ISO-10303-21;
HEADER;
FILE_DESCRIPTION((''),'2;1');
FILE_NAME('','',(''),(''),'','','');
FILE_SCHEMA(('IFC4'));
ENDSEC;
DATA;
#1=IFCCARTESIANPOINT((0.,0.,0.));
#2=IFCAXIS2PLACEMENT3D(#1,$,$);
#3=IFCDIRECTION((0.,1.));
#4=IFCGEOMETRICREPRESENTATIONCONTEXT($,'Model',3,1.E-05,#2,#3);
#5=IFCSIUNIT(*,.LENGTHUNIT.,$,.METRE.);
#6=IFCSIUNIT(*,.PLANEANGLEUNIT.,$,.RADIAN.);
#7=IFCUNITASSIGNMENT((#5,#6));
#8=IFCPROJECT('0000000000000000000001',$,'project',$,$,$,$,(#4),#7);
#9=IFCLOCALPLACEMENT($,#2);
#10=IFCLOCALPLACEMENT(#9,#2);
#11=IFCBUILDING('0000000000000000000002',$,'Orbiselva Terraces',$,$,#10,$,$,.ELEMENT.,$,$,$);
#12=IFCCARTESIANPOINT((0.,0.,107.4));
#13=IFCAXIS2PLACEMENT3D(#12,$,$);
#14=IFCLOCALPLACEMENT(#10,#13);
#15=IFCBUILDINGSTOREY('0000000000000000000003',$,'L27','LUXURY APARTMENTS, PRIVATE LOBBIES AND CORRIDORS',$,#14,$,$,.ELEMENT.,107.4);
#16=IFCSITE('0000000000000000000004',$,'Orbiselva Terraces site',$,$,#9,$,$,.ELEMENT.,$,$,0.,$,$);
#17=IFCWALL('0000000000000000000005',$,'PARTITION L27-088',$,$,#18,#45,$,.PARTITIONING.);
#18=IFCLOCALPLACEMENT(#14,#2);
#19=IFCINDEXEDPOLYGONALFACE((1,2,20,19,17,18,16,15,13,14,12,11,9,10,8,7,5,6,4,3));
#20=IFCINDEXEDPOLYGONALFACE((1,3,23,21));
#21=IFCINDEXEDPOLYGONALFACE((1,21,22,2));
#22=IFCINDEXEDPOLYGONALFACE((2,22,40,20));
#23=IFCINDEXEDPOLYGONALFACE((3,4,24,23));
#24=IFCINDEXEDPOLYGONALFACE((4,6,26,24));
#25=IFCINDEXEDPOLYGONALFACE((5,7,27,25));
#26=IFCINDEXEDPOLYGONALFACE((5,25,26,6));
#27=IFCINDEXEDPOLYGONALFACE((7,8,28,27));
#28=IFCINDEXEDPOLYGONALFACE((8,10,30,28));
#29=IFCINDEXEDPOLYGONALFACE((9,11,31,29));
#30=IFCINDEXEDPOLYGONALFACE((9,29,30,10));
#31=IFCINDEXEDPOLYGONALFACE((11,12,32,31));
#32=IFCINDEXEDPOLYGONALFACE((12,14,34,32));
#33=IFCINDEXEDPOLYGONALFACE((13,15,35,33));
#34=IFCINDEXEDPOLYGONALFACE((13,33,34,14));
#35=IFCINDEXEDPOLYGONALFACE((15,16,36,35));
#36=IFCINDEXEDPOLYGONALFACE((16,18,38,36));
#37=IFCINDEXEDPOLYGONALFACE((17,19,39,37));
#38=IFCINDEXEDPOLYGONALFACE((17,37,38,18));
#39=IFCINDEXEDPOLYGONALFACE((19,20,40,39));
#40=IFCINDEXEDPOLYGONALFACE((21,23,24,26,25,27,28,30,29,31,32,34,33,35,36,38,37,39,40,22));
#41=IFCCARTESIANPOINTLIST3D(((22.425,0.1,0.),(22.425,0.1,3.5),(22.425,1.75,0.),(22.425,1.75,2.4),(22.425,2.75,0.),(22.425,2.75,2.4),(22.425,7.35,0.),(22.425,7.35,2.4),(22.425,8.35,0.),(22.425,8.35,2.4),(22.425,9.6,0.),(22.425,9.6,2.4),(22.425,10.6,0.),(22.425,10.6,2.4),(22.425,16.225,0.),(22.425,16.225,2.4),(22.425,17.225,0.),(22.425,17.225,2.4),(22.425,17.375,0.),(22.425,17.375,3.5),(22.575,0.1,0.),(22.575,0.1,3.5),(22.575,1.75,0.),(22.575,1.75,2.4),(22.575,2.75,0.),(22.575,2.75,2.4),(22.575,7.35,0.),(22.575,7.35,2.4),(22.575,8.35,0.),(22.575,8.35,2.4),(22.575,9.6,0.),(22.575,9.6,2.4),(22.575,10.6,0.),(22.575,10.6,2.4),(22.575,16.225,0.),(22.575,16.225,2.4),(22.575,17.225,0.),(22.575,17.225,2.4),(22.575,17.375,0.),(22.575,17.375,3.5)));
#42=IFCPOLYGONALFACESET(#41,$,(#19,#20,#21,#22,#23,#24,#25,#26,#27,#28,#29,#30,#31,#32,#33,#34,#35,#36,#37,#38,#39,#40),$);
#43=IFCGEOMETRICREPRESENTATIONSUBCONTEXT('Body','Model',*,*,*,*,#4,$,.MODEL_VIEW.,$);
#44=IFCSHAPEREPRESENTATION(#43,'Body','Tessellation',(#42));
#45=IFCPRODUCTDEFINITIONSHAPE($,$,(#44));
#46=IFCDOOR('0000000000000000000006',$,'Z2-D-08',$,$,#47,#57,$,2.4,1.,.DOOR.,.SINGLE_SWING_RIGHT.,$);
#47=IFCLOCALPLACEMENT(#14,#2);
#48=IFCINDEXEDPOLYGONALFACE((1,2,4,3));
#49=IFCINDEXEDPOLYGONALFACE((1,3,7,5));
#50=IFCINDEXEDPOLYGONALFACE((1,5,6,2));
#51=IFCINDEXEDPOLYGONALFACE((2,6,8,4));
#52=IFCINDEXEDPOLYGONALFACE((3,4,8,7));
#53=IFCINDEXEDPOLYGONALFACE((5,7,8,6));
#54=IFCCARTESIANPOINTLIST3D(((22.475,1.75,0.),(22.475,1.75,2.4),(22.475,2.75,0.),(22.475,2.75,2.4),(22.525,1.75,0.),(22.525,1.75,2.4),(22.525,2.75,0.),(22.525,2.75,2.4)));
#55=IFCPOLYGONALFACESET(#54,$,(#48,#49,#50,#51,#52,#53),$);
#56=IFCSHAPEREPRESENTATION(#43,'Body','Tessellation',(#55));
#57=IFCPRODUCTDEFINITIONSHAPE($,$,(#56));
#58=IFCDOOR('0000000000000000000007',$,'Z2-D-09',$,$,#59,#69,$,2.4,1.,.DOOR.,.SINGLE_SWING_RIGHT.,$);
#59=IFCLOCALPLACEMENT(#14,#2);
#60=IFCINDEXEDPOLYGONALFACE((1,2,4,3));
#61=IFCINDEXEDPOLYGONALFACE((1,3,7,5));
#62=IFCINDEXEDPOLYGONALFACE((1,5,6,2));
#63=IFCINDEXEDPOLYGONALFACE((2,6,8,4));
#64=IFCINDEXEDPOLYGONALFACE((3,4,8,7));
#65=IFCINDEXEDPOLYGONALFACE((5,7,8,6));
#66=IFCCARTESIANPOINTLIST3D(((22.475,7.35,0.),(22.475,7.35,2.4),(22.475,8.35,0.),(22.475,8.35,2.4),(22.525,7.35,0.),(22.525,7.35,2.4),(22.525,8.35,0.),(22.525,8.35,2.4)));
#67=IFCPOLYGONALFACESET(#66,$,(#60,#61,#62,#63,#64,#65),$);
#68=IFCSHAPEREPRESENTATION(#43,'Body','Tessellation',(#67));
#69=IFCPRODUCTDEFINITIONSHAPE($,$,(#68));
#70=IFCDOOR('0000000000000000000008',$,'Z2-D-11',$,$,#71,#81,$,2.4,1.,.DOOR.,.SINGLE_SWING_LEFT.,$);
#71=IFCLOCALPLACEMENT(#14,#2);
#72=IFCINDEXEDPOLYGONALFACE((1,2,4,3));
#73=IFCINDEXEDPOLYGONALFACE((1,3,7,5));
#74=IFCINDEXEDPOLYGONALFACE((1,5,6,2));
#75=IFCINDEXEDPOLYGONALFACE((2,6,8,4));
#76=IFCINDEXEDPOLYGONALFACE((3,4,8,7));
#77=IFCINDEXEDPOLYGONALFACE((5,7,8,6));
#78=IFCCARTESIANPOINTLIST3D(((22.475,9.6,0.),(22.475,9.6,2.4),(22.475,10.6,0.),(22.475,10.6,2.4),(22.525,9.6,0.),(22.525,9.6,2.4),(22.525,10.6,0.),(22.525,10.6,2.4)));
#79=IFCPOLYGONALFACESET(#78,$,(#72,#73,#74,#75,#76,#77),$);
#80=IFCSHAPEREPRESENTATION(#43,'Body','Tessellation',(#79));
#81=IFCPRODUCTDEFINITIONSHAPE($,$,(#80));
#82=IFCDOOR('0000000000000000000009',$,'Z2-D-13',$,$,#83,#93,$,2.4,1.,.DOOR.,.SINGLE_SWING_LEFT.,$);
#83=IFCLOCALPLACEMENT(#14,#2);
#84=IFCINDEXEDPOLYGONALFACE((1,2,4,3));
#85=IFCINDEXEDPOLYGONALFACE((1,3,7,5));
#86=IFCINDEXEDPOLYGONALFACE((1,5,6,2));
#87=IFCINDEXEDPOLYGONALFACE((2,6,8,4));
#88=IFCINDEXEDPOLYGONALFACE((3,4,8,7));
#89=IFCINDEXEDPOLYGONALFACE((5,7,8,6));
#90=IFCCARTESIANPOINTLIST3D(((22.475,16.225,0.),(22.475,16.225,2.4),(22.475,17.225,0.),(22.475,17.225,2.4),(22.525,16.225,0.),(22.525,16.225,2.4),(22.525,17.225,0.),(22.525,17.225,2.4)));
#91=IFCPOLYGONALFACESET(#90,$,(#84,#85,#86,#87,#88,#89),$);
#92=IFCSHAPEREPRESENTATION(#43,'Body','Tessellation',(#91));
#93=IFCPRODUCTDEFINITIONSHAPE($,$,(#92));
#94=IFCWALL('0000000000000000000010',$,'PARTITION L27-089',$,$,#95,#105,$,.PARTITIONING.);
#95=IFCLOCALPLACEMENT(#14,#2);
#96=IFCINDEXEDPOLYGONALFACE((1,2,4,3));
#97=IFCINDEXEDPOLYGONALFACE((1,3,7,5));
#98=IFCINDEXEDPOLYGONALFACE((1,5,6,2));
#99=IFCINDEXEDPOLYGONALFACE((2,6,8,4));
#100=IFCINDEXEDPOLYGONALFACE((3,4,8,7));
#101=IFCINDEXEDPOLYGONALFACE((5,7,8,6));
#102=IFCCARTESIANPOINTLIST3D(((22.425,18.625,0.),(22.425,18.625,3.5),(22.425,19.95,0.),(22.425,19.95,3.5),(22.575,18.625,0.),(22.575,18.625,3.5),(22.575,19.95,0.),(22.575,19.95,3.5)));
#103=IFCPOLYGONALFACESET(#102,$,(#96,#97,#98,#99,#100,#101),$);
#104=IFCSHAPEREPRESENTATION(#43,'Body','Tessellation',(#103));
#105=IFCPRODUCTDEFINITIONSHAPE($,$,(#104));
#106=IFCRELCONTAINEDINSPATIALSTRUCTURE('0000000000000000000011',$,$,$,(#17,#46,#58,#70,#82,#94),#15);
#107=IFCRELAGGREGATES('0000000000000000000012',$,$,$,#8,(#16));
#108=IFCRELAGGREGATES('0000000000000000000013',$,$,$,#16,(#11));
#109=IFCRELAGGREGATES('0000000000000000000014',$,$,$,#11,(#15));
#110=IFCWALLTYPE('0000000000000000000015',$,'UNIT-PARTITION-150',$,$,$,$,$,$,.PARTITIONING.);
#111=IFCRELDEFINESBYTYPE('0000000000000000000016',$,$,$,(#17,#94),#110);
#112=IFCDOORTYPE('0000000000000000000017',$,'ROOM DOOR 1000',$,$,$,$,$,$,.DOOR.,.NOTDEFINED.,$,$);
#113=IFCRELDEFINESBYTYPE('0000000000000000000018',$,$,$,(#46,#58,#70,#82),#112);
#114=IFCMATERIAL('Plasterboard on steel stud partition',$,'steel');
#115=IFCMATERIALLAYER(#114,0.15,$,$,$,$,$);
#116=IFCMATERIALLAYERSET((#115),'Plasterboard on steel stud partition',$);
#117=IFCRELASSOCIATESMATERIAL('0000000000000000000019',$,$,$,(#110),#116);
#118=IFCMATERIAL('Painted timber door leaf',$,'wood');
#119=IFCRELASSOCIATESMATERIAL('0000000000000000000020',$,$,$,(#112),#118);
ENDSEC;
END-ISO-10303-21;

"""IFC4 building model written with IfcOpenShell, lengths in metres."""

from ifc_helpers import new_model, si_unit, direction, frame, frame_2d, origin, place, context, subcontext, project, spatial, rectangle, extrude, material, layer, layer_set, type_object, element, fill, save


model = new_model("IFC4")

# Units and contexts
model_context = context("Model", 3, precision=1e-05, world=origin(), true_north=direction((0.0, 1.0)))
body_context = subcontext(model_context, "Body", "Model", "MODEL_VIEW")
ifc_project = project(units=[si_unit("LENGTHUNIT", "METRE"), si_unit("PLANEANGLEUNIT", "RADIAN")], contexts=[model_context])

# Site, building, storey
site_placement = place(None, origin())
site = spatial("IfcSite", under=ifc_project, at=site_placement, Name="Orbiselva Terraces site", CompositionType="ELEMENT", RefElevation=0.0)
building_placement = place(site_placement, origin())
building = spatial("IfcBuilding", under=site, at=building_placement, Name="Orbiselva Terraces", CompositionType="ELEMENT")
storey_placement = place(building_placement, frame((0.0, 0.0, 107.4)))
storey = spatial("IfcBuildingStorey", under=building, at=storey_placement, Name="L27", Description="LUXURY APARTMENTS, PRIVATE LOBBIES AND CORRIDORS", CompositionType="ELEMENT", Elevation=107.4)

# Shared definitions
ifc_material_1 = material(Name="Plasterboard on steel stud partition", Category="steel")
ifc_material_2 = material(Name="Painted timber door leaf", Category="wood")
ifc_layer_1 = layer(ifc_material_1, 0.15)
ifc_layer_set_1 = layer_set([ifc_layer_1], Name="Plasterboard on steel stud partition")
wall_type_1 = type_object("IfcWallType", Name="UNIT-PARTITION-150", PredefinedType="PARTITIONING", material=ifc_layer_set_1)

# Wall, openings, doors
wall_1_placement = place(storey_placement, frame((22.5, 17.375, 0.0), z_axis=(0.0, 0.0, 1.0), x_axis=(0.0, -1.0, 0.0)))
wall_1 = element("IfcWall", 1, at=wall_1_placement, inside=storey, type_object=wall_type_1, Name="PARTITION L27-088", PredefinedType="PARTITIONING", context=body_context, shape_type="SweptSolid", body=[
    extrude(rectangle(XDim=17.275, YDim=0.15, at=frame_2d((8.6375, 0.0))), origin(), (0.0, 0.0, 1.0), 3.5),
])
opening_1_placement = place(wall_1_placement, frame((14.625, 0.0, 0.0)))
opening_1 = element("IfcOpeningElement", 2, at=opening_1_placement, cuts=wall_1, PredefinedType="OPENING", context=body_context, shape_type="SweptSolid", body=[
    extrude(rectangle(XDim=1.0, YDim=2.4, at=frame_2d((0.5, 1.2))), frame((0.0, 0.085, 0.0), z_axis=(0.0, -1.0, 0.0), x_axis=(1.0, 0.0, 0.0)), (0.0, 0.0, 1.0), 0.17),
])
opening_2_placement = place(wall_1_placement, frame((9.025, 0.0, 0.0)))
opening_2 = element("IfcOpeningElement", 3, at=opening_2_placement, cuts=wall_1, PredefinedType="OPENING", context=body_context, shape_type="SweptSolid", body=[
    extrude(rectangle(XDim=1.0, YDim=2.4, at=frame_2d((0.5, 1.2))), frame((0.0, 0.085, 0.0), z_axis=(0.0, -1.0, 0.0), x_axis=(1.0, 0.0, 0.0)), (0.0, 0.0, 1.0), 0.17),
])
opening_3_placement = place(wall_1_placement, frame((6.775, 0.0, 0.0)))
opening_3 = element("IfcOpeningElement", 4, at=opening_3_placement, cuts=wall_1, PredefinedType="OPENING", context=body_context, shape_type="SweptSolid", body=[
    extrude(rectangle(XDim=1.0, YDim=2.4, at=frame_2d((0.5, 1.2))), frame((0.0, 0.085, 0.0), z_axis=(0.0, -1.0, 0.0), x_axis=(1.0, 0.0, 0.0)), (0.0, 0.0, 1.0), 0.17),
])
opening_4_placement = place(wall_1_placement, frame((0.15, 0.0, 0.0)))
opening_4 = element("IfcOpeningElement", 5, at=opening_4_placement, cuts=wall_1, PredefinedType="OPENING", context=body_context, shape_type="SweptSolid", body=[
    extrude(rectangle(XDim=1.0, YDim=2.4, at=frame_2d((0.5, 1.2))), frame((0.0, 0.085, 0.0), z_axis=(0.0, -1.0, 0.0), x_axis=(1.0, 0.0, 0.0)), (0.0, 0.0, 1.0), 0.17),
])
door_type_1 = type_object("IfcDoorType", Name="ROOM DOOR 1000", OperationType="NOTDEFINED", PredefinedType="DOOR", material=ifc_material_2)
door_1_placement = place(opening_1_placement, origin())
door_1 = element("IfcDoor", 6, at=door_1_placement, inside=storey, type_object=door_type_1, Name="Z2-D-08", OperationType="SINGLE_SWING_RIGHT", OverallHeight=2.4, OverallWidth=1.0, PredefinedType="DOOR", context=body_context, shape_type="SweptSolid", body=[
    extrude(rectangle(XDim=1.0, YDim=2.4, at=frame_2d((0.5, 1.2))), frame((0.0, 0.025, 0.0), z_axis=(0.0, -1.0, 0.0), x_axis=(1.0, 0.0, 0.0)), (0.0, 0.0, 1.0), 0.05),
])
fill(opening_1, door_1)
door_2_placement = place(opening_2_placement, origin())
door_2 = element("IfcDoor", 7, at=door_2_placement, inside=storey, type_object=door_type_1, Name="Z2-D-09", OperationType="SINGLE_SWING_RIGHT", OverallHeight=2.4, OverallWidth=1.0, PredefinedType="DOOR", context=body_context, shape_type="SweptSolid", body=[
    extrude(rectangle(XDim=1.0, YDim=2.4, at=frame_2d((0.5, 1.2))), frame((0.0, 0.025, 0.0), z_axis=(0.0, -1.0, 0.0), x_axis=(1.0, 0.0, 0.0)), (0.0, 0.0, 1.0), 0.05),
])
fill(opening_2, door_2)
door_3_placement = place(opening_3_placement, origin())
door_3 = element("IfcDoor", 8, at=door_3_placement, inside=storey, type_object=door_type_1, Name="Z2-D-11", OperationType="SINGLE_SWING_LEFT", OverallHeight=2.4, OverallWidth=1.0, PredefinedType="DOOR", context=body_context, shape_type="SweptSolid", body=[
    extrude(rectangle(XDim=1.0, YDim=2.4, at=frame_2d((0.5, 1.2))), frame((0.0, 0.025, 0.0), z_axis=(0.0, -1.0, 0.0), x_axis=(1.0, 0.0, 0.0)), (0.0, 0.0, 1.0), 0.05),
])
fill(opening_3, door_3)
door_4_placement = place(opening_4_placement, origin())
door_4 = element("IfcDoor", 9, at=door_4_placement, inside=storey, type_object=door_type_1, Name="Z2-D-13", OperationType="SINGLE_SWING_LEFT", OverallHeight=2.4, OverallWidth=1.0, PredefinedType="DOOR", context=body_context, shape_type="SweptSolid", body=[
    extrude(rectangle(XDim=1.0, YDim=2.4, at=frame_2d((0.5, 1.2))), frame((0.0, 0.025, 0.0), z_axis=(0.0, -1.0, 0.0), x_axis=(1.0, 0.0, 0.0)), (0.0, 0.0, 1.0), 0.05),
])
fill(opening_4, door_4)

# Wall
wall_2_placement = place(storey_placement, frame((22.5, 18.625, 0.0), z_axis=(0.0, 0.0, 1.0), x_axis=(0.0, 1.0, 0.0)))
element("IfcWall", 10, at=wall_2_placement, inside=storey, type_object=wall_type_1, Name="PARTITION L27-089", PredefinedType="PARTITIONING", context=body_context, shape_type="SweptSolid", body=[
    extrude(rectangle(XDim=1.325, YDim=0.15, at=frame_2d((0.6625, 0.0))), origin(), (0.0, 0.0, 1.0), 3.5),
])

save(model, "model.ifc")
